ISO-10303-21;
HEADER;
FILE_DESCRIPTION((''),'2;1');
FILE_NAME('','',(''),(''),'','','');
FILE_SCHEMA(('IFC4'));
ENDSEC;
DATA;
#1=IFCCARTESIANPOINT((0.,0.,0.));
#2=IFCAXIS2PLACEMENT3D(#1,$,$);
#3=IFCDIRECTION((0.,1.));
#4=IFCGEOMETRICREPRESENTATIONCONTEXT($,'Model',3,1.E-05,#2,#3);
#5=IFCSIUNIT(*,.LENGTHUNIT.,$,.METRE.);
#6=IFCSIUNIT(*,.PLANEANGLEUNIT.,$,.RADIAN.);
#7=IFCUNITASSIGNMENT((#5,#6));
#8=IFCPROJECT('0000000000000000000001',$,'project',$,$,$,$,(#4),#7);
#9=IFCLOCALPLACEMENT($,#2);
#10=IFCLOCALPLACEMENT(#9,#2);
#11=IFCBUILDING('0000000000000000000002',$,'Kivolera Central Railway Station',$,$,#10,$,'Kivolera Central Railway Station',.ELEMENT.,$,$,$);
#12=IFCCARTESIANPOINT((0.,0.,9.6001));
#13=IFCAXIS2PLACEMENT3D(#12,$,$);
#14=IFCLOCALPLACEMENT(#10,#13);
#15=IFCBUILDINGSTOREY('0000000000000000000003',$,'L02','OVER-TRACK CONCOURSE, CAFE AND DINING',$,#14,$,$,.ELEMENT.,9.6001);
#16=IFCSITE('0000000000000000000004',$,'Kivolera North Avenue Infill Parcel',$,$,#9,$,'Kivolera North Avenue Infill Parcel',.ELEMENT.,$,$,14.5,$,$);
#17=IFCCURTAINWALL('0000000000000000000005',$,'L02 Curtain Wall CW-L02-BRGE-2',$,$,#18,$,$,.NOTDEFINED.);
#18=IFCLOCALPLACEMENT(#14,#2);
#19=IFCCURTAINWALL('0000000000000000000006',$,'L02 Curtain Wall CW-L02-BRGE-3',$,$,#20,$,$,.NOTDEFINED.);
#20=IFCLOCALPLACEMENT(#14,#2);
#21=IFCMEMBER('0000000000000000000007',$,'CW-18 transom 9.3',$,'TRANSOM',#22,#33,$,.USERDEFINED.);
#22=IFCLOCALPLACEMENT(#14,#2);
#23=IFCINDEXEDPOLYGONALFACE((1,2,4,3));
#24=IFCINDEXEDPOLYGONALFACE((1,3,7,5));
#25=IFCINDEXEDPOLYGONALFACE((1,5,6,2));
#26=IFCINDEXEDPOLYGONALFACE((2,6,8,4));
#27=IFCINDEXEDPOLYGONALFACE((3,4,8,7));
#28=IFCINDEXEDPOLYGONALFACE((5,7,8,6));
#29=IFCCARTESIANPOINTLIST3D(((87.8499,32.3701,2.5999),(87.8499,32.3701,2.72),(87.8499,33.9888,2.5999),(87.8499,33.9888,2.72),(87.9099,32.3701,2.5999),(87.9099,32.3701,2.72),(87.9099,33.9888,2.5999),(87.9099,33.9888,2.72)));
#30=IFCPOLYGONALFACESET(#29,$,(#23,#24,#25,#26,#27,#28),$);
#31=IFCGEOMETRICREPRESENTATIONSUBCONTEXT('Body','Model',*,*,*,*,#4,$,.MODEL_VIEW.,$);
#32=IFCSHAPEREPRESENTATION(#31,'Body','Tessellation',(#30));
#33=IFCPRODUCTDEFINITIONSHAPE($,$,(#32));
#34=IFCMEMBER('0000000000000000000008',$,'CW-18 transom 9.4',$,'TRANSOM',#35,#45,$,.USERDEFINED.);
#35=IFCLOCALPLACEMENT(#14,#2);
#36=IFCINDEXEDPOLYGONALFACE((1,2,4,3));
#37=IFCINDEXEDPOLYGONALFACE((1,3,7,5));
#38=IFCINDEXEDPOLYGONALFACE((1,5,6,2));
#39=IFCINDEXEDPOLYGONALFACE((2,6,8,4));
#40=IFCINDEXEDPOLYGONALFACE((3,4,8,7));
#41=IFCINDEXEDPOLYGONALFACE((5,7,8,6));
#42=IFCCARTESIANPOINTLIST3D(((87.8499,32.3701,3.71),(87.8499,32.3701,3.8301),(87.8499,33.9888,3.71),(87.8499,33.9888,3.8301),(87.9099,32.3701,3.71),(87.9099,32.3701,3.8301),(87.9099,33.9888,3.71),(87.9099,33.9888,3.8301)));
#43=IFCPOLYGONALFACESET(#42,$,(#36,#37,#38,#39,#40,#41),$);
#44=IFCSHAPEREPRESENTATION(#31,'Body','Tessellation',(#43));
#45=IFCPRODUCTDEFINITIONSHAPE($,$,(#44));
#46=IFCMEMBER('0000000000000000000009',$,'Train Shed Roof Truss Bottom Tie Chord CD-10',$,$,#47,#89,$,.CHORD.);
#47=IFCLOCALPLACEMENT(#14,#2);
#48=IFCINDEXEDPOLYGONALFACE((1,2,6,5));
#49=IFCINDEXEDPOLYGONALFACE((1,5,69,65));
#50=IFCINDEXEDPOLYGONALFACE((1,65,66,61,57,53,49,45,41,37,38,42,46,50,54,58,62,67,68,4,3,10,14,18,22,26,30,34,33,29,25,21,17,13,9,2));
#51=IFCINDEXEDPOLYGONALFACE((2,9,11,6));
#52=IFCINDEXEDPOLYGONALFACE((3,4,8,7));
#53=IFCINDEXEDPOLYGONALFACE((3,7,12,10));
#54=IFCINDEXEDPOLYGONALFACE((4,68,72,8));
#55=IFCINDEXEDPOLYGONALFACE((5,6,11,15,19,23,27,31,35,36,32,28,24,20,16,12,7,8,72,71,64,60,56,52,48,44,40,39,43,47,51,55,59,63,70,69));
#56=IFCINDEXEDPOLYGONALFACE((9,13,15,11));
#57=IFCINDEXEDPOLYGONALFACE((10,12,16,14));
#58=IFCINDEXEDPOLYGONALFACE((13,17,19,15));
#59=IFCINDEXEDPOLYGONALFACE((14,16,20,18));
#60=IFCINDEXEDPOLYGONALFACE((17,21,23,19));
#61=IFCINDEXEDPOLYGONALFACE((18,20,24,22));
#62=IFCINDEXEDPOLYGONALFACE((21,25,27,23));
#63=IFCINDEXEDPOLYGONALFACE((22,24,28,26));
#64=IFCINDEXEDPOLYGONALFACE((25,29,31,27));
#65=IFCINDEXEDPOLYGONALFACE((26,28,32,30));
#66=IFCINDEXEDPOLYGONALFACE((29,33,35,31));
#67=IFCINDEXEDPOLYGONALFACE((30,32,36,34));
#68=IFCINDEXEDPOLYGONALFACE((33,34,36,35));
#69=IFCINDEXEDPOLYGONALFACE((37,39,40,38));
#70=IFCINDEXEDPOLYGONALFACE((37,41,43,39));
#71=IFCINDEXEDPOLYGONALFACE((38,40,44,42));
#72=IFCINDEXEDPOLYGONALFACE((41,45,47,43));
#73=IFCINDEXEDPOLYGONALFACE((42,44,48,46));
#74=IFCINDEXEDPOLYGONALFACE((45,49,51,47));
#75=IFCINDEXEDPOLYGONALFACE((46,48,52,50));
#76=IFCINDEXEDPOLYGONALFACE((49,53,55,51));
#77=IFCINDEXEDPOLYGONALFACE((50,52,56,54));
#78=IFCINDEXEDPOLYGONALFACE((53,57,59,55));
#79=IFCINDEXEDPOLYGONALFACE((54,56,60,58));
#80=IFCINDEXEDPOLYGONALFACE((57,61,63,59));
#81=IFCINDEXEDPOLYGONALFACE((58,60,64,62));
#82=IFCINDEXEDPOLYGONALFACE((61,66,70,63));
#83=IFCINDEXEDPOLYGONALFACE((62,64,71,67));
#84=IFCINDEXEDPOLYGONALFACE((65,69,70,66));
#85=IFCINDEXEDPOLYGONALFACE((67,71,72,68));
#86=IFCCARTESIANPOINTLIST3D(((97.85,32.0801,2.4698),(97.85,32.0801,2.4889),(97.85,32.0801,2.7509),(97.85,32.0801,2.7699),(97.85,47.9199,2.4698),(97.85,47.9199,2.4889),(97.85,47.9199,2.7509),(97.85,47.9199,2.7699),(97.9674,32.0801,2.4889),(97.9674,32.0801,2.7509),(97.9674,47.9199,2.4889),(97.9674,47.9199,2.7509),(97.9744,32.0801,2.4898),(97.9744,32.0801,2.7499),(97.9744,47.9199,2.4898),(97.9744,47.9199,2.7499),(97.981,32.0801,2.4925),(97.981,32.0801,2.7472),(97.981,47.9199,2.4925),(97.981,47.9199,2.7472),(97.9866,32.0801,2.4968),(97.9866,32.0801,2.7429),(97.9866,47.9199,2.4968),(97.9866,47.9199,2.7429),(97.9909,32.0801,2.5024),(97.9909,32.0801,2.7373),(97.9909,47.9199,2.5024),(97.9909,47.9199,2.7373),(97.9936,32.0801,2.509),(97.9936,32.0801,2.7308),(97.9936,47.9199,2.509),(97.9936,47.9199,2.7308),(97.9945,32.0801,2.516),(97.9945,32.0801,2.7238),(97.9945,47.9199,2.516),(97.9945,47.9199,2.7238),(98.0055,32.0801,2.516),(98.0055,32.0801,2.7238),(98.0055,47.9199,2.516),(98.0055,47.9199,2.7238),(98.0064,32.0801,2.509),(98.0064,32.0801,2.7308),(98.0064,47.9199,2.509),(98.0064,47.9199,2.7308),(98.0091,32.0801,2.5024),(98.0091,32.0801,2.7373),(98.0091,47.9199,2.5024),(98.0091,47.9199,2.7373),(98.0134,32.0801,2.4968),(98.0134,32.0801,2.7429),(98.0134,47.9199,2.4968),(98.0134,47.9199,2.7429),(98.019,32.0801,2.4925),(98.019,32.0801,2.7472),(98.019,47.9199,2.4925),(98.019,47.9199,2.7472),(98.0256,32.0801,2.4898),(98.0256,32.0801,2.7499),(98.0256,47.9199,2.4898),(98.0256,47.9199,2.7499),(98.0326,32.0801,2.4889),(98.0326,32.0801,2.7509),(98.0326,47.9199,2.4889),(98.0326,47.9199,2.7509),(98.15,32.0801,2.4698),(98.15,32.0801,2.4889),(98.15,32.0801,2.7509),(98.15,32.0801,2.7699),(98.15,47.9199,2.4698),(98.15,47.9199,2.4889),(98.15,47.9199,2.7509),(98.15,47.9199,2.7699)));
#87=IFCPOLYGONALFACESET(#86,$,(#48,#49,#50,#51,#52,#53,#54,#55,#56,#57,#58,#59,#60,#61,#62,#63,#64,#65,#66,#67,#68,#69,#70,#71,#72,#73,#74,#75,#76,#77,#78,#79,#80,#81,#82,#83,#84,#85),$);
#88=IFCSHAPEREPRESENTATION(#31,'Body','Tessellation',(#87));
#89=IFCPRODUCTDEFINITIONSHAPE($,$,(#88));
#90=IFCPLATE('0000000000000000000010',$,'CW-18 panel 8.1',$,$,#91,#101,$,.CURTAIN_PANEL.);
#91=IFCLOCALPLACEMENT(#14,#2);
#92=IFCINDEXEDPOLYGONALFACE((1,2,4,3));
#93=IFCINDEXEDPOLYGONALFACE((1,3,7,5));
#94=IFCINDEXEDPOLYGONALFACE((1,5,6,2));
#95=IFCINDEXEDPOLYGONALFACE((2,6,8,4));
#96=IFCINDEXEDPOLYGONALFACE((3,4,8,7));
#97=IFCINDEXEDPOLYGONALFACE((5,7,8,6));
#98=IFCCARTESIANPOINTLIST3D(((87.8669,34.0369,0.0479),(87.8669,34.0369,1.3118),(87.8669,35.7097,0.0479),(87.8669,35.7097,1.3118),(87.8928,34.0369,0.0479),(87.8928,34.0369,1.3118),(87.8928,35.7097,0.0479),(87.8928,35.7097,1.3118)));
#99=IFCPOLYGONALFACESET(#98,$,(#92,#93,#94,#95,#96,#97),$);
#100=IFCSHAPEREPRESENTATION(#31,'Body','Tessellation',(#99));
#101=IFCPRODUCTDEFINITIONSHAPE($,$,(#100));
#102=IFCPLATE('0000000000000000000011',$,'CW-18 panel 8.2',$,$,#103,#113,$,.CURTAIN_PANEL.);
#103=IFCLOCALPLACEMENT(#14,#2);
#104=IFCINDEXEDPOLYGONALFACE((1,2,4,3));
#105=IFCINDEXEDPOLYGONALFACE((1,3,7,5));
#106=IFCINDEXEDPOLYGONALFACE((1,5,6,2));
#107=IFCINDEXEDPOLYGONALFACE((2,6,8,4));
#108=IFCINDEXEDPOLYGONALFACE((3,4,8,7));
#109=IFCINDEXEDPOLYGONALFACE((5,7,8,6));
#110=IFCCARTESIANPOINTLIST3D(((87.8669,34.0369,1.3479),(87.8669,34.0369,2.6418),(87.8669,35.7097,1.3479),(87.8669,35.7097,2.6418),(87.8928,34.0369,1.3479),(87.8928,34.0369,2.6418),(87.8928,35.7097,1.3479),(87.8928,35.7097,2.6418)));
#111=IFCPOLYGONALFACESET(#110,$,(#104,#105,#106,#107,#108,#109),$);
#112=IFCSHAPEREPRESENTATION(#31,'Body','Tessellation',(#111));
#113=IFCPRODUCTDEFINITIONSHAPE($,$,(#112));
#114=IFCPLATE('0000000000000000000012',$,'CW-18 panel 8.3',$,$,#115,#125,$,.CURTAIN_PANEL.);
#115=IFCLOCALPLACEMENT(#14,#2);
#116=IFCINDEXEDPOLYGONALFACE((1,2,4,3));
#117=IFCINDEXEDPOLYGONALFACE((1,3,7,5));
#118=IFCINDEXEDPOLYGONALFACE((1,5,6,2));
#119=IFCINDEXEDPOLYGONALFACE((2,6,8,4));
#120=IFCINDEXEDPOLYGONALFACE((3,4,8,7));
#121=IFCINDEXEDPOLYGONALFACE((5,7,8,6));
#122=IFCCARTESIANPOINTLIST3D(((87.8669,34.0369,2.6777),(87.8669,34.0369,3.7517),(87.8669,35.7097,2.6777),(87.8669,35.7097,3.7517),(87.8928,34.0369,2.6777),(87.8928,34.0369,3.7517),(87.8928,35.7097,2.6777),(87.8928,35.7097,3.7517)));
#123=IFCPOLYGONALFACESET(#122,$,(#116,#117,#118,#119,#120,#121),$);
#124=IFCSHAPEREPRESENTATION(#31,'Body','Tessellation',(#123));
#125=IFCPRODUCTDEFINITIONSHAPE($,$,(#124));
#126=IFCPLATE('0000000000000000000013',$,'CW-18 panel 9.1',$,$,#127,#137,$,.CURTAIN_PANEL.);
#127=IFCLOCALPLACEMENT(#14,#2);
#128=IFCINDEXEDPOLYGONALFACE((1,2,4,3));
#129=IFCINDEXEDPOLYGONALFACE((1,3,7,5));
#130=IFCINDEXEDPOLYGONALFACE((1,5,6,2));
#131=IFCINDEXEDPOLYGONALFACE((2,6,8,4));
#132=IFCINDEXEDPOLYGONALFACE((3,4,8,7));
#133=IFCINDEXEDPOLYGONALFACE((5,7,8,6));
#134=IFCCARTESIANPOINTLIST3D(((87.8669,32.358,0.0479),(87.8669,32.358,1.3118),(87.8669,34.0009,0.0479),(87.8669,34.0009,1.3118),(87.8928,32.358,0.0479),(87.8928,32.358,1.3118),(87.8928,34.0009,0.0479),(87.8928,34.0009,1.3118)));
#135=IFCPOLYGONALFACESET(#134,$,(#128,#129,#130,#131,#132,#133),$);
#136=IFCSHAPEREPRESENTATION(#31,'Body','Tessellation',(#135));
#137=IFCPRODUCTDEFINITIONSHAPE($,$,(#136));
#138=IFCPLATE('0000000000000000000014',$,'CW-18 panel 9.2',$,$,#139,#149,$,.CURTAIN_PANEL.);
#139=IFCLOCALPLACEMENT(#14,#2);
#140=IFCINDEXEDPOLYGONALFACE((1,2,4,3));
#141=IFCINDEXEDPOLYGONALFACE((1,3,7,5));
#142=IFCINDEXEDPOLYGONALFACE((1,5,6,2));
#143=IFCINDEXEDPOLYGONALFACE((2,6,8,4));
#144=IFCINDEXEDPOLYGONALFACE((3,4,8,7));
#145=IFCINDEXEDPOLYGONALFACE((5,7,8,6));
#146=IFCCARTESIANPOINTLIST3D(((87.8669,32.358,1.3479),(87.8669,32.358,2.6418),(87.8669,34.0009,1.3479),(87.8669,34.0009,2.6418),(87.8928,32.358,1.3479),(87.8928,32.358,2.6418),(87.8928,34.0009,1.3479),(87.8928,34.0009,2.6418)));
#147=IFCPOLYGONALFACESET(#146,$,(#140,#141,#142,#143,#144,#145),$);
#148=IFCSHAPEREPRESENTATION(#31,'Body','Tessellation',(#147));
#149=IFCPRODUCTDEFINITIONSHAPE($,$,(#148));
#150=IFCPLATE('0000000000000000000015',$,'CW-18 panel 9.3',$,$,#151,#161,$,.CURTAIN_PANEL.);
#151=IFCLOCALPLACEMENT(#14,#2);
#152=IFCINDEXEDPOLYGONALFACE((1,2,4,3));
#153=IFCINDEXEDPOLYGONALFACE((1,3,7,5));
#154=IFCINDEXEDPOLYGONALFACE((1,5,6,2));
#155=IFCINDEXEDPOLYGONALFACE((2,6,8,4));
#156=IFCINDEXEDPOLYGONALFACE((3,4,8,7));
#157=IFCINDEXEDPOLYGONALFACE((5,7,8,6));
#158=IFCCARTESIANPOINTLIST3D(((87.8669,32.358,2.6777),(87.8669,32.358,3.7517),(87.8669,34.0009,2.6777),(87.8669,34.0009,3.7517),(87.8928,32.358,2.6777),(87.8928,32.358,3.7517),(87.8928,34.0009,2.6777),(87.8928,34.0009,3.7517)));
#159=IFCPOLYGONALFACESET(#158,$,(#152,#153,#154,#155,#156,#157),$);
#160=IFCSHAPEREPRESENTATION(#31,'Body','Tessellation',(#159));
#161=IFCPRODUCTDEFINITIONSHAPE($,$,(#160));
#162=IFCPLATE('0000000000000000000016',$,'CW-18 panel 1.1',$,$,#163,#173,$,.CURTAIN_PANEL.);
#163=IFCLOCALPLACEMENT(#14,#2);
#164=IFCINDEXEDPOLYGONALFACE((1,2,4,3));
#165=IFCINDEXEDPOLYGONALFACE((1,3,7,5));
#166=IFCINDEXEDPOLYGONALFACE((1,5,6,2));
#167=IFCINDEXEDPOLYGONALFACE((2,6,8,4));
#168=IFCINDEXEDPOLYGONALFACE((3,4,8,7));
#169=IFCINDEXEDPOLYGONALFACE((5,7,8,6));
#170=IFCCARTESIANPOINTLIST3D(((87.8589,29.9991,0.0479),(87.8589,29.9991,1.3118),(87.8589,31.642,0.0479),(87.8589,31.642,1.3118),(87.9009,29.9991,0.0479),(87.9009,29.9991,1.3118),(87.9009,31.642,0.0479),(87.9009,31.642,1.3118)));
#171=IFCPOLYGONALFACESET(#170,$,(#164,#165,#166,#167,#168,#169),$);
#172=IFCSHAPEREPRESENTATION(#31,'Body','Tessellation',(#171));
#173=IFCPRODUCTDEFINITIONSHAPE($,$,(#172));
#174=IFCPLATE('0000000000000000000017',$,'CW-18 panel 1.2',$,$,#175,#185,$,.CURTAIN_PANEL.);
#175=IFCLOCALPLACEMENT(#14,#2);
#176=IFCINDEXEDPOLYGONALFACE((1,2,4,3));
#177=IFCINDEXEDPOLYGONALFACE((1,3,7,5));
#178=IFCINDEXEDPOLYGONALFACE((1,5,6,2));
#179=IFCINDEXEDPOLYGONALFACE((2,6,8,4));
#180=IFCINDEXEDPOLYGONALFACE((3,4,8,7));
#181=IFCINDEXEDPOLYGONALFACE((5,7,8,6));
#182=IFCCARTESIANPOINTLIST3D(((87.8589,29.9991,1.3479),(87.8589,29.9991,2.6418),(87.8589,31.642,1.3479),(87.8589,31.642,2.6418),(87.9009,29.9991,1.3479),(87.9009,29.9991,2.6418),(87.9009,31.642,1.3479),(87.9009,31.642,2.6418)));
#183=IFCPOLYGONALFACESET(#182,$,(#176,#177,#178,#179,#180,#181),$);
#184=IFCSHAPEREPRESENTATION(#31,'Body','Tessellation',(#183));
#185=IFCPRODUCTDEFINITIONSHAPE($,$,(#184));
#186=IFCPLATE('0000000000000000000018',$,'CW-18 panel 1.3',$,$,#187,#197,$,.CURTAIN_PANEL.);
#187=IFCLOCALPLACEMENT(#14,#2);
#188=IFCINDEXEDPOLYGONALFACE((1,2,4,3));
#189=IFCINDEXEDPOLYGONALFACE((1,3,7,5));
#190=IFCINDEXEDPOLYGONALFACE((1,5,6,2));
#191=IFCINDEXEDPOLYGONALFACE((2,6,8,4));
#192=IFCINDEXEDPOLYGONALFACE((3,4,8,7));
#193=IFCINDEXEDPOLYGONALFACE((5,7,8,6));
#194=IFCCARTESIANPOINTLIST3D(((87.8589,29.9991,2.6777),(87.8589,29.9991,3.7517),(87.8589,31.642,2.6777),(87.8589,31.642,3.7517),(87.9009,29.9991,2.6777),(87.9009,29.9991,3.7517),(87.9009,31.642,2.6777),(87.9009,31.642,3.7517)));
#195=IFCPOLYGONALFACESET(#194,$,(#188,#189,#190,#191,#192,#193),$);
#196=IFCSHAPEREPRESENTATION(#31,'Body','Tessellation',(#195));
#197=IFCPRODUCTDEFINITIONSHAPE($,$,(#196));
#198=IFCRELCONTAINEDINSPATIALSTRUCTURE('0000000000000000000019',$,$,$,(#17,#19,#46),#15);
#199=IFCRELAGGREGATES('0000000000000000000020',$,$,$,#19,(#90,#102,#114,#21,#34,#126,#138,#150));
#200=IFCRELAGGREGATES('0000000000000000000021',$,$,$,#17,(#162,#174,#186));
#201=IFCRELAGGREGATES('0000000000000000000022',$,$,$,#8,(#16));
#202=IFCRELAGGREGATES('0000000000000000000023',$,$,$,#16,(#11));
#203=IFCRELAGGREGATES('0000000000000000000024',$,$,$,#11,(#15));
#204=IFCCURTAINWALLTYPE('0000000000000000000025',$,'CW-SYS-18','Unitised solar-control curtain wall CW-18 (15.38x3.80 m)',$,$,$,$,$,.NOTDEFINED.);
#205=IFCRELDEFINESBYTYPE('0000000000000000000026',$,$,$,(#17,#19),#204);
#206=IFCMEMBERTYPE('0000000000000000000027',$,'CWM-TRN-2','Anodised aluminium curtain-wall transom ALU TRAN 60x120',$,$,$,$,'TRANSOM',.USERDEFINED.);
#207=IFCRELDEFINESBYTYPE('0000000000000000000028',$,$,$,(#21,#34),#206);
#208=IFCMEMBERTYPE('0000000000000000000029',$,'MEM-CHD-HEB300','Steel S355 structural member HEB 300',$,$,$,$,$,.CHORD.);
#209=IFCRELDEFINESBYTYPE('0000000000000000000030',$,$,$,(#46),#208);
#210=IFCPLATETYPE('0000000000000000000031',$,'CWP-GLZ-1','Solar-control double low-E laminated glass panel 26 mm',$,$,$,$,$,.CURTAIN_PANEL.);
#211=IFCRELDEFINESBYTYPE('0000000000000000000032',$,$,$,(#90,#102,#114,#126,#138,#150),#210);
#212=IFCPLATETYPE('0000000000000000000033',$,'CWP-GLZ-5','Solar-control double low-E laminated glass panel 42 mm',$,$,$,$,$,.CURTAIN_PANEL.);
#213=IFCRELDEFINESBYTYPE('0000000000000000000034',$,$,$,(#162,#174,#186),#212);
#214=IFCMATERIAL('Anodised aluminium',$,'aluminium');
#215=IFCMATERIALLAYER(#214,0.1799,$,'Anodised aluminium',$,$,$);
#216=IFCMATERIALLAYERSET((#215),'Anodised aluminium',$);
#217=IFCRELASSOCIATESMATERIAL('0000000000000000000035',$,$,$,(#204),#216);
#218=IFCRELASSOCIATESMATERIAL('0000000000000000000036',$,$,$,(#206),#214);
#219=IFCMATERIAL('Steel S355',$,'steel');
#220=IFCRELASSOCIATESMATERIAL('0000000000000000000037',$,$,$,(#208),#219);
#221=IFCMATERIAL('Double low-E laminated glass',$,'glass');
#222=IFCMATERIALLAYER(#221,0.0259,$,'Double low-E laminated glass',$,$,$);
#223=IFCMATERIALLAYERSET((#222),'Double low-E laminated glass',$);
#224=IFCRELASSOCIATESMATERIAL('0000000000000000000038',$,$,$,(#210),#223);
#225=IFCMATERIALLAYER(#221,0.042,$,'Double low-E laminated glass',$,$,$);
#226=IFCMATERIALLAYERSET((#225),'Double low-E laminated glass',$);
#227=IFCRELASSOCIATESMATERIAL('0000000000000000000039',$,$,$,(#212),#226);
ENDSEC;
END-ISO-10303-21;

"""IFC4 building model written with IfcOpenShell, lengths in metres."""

from ifc_helpers import new_model, si_unit, direction, frame, origin, origin_2d, place, context, subcontext, project, spatial, rectangle, i_section, extrude, material, layer, layer_set, material_profile, profile_set, type_object, element, aggregate, save


model = new_model("IFC4")

# Units and contexts
model_context = context("Model", 3, precision=1e-05, world=origin(), true_north=direction((0.0, 1.0)))
body_context = subcontext(model_context, "Body", "Model", "MODEL_VIEW")
ifc_project = project(units=[si_unit("LENGTHUNIT", "METRE"), si_unit("PLANEANGLEUNIT", "RADIAN")], contexts=[model_context])

# Site, building, storey
site_placement = place(None, origin())
site = spatial("IfcSite", under=ifc_project, at=site_placement, Name="Kivolera North Avenue Infill Parcel", LongName="Kivolera North Avenue Infill Parcel", CompositionType="ELEMENT", RefElevation=14.5)
building_placement = place(site_placement, origin())
building = spatial("IfcBuilding", under=site, at=building_placement, Name="Kivolera Central Railway Station", LongName="Kivolera Central Railway Station", CompositionType="ELEMENT")
storey_placement = place(building_placement, frame((0.0, 0.0, 9.6001)))
storey = spatial("IfcBuildingStorey", under=building, at=storey_placement, Name="L02", Description="OVER-TRACK CONCOURSE, CAFE AND DINING", CompositionType="ELEMENT", Elevation=9.6001)

# Shared definitions
ifc_material_1 = material(Name="Steel S355", Category="steel")

# Curtain walls
ifc_material_2 = material(Name="Anodised aluminium", Category="aluminium")
ifc_layer_1 = layer(ifc_material_2, 0.1799, Name="Anodised aluminium")
ifc_layer_set_1 = layer_set([ifc_layer_1], Name="Anodised aluminium")
curtain_wall_type = type_object("IfcCurtainWallType", Name="CW-SYS-18", Description="Unitised solar-control curtain wall CW-18 (15.38x3.80 m)", PredefinedType="NOTDEFINED", material=ifc_layer_set_1)
curtain_wall_1_placement = place(storey_placement, origin())
curtain_wall_1 = element("IfcCurtainWall", 1, at=curtain_wall_1_placement, inside=storey, type_object=curtain_wall_type, Name="L02 Curtain Wall CW-L02-BRGE-2", PredefinedType="NOTDEFINED")
curtain_wall_2_placement = place(storey_placement, origin())
curtain_wall_2 = element("IfcCurtainWall", 2, at=curtain_wall_2_placement, inside=storey, type_object=curtain_wall_type, Name="L02 Curtain Wall CW-L02-BRGE-3", PredefinedType="NOTDEFINED")

# Members
ifc_material_profile_1 = material_profile(ifc_material_2, rectangle(XDim=0.0601, YDim=0.1201, at=origin_2d()), Name="ALU TRAN 60x120")
ifc_profile_set_1 = profile_set([ifc_material_profile_1], Name="Anodised aluminium")
member_type_1 = type_object("IfcMemberType", Name="CWM-TRN-2", Description="Anodised aluminium curtain-wall transom ALU TRAN 60x120", ElementType="TRANSOM", PredefinedType="USERDEFINED", material=ifc_profile_set_1)
member_1_placement = place(storey_placement, frame((87.8799, 33.9888, 2.6599), z_axis=(0.0, -1.0, 0.0), x_axis=(1.0, 0.0, 0.0)))
member_1 = element("IfcMember", 3, at=member_1_placement, type_object=member_type_1, Name="CW-18 transom 9.3", ObjectType="TRANSOM", PredefinedType="USERDEFINED", context=body_context, shape_type="SweptSolid", body=[
    extrude(rectangle(XDim=0.0601, YDim=0.1201, at=origin_2d()), origin(), (0.0, 0.0, 1.0), 1.6187),
])
member_2_placement = place(storey_placement, frame((87.8799, 33.9888, 3.77), z_axis=(0.0, -1.0, 0.0), x_axis=(1.0, 0.0, 0.0)))
member_2 = element("IfcMember", 4, at=member_2_placement, type_object=member_type_1, Name="CW-18 transom 9.4", ObjectType="TRANSOM", PredefinedType="USERDEFINED", context=body_context, shape_type="SweptSolid", body=[
    extrude(rectangle(XDim=0.0601, YDim=0.1201, at=origin_2d()), origin(), (0.0, 0.0, 1.0), 1.6187),
])
ifc_material_profile_2 = material_profile(ifc_material_1, i_section(OverallWidth=0.3, OverallDepth=0.3, WebThickness=0.011, FlangeThickness=0.019, FilletRadius=0.0271, at=origin_2d()), Name="HEB 300")
ifc_profile_set_2 = profile_set([ifc_material_profile_2], Name="Steel S355")
member_type_2 = type_object("IfcMemberType", Name="MEM-CHD-HEB300", Description="Steel S355 structural member HEB 300", PredefinedType="CHORD", material=ifc_profile_set_2)
member_3_placement = place(storey_placement, frame((98.0, 32.0801, 2.6199), z_axis=(0.0, 1.0, 0.0), x_axis=(-1.0, 0.0, 0.0)))
element("IfcMember", 5, at=member_3_placement, inside=storey, type_object=member_type_2, Name="Train Shed Roof Truss Bottom Tie Chord CD-10", PredefinedType="CHORD", context=body_context, shape_type="SweptSolid", body=[
    extrude(i_section(OverallWidth=0.3, OverallDepth=0.3, WebThickness=0.011, FlangeThickness=0.019, FilletRadius=0.0271, at=origin_2d()), origin(), (0.0, 0.0, 1.0), 15.8398),
])

# Plates
ifc_material_3 = material(Name="Double low-E laminated glass", Category="glass")
ifc_layer_2 = layer(ifc_material_3, 0.0259, Name="Double low-E laminated glass")
ifc_layer_set_2 = layer_set([ifc_layer_2], Name="Double low-E laminated glass")
plate_type_1 = type_object("IfcPlateType", Name="CWP-GLZ-1", Description="Solar-control double low-E laminated glass panel 26 mm", PredefinedType="CURTAIN_PANEL", material=ifc_layer_set_2)
plate_1_placement = place(storey_placement, frame((87.8799, 34.8733, 0.0479), z_axis=(0.0, 0.0, 1.0), x_axis=(0.0, -1.0, 0.0)))
plate_1 = element("IfcPlate", 6, at=plate_1_placement, type_object=plate_type_1, Name="CW-18 panel 8.1", PredefinedType="CURTAIN_PANEL", context=body_context, shape_type="SweptSolid", body=[
    extrude(rectangle(XDim=1.6729, YDim=0.0259, at=origin_2d()), origin(), (0.0, 0.0, 1.0), 1.2639),
])
plate_2_placement = place(storey_placement, frame((87.8799, 34.8733, 1.3479), z_axis=(0.0, 0.0, 1.0), x_axis=(0.0, -1.0, 0.0)))
plate_2 = element("IfcPlate", 7, at=plate_2_placement, type_object=plate_type_1, Name="CW-18 panel 8.2", PredefinedType="CURTAIN_PANEL", context=body_context, shape_type="SweptSolid", body=[
    extrude(rectangle(XDim=1.6729, YDim=0.0259, at=origin_2d()), origin(), (0.0, 0.0, 1.0), 1.2939),
])
plate_3_placement = place(storey_placement, frame((87.8799, 34.8733, 2.6777), z_axis=(0.0, 0.0, 1.0), x_axis=(0.0, -1.0, 0.0)))
plate_3 = element("IfcPlate", 8, at=plate_3_placement, type_object=plate_type_1, Name="CW-18 panel 8.3", PredefinedType="CURTAIN_PANEL", context=body_context, shape_type="SweptSolid", body=[
    extrude(rectangle(XDim=1.6729, YDim=0.0259, at=origin_2d()), origin(), (0.0, 0.0, 1.0), 1.074),
])
plate_4_placement = place(storey_placement, frame((87.8799, 33.1794, 0.0479), z_axis=(0.0, 0.0, 1.0), x_axis=(0.0, -1.0, 0.0)))
plate_4 = element("IfcPlate", 9, at=plate_4_placement, type_object=plate_type_1, Name="CW-18 panel 9.1", PredefinedType="CURTAIN_PANEL", context=body_context, shape_type="SweptSolid", body=[
    extrude(rectangle(XDim=1.6428, YDim=0.0259, at=origin_2d()), origin(), (0.0, 0.0, 1.0), 1.2639),
])
plate_5_placement = place(storey_placement, frame((87.8799, 33.1794, 1.3479), z_axis=(0.0, 0.0, 1.0), x_axis=(0.0, -1.0, 0.0)))
plate_5 = element("IfcPlate", 10, at=plate_5_placement, type_object=plate_type_1, Name="CW-18 panel 9.2", PredefinedType="CURTAIN_PANEL", context=body_context, shape_type="SweptSolid", body=[
    extrude(rectangle(XDim=1.6428, YDim=0.0259, at=origin_2d()), origin(), (0.0, 0.0, 1.0), 1.2939),
])
plate_6_placement = place(storey_placement, frame((87.8799, 33.1794, 2.6777), z_axis=(0.0, 0.0, 1.0), x_axis=(0.0, -1.0, 0.0)))
plate_6 = element("IfcPlate", 11, at=plate_6_placement, type_object=plate_type_1, Name="CW-18 panel 9.3", PredefinedType="CURTAIN_PANEL", context=body_context, shape_type="SweptSolid", body=[
    extrude(rectangle(XDim=1.6428, YDim=0.0259, at=origin_2d()), origin(), (0.0, 0.0, 1.0), 1.074),
])
aggregate(curtain_wall_2, [plate_1, plate_2, plate_3, member_1, member_2, plate_4, plate_5, plate_6])
ifc_layer_3 = layer(ifc_material_3, 0.042, Name="Double low-E laminated glass")
ifc_layer_set_3 = layer_set([ifc_layer_3], Name="Double low-E laminated glass")
plate_type_2 = type_object("IfcPlateType", Name="CWP-GLZ-5", Description="Solar-control double low-E laminated glass panel 42 mm", PredefinedType="CURTAIN_PANEL", material=ifc_layer_set_3)
plate_7_placement = place(storey_placement, frame((87.8799, 30.8206, 0.0479), z_axis=(0.0, 0.0, 1.0), x_axis=(0.0, -1.0, 0.0)))
plate_7 = element("IfcPlate", 12, at=plate_7_placement, type_object=plate_type_2, Name="CW-18 panel 1.1", PredefinedType="CURTAIN_PANEL", context=body_context, shape_type="SweptSolid", body=[
    extrude(rectangle(XDim=1.6428, YDim=0.042, at=origin_2d()), origin(), (0.0, 0.0, 1.0), 1.2639),
])
plate_8_placement = place(storey_placement, frame((87.8799, 30.8206, 1.3479), z_axis=(0.0, 0.0, 1.0), x_axis=(0.0, -1.0, 0.0)))
plate_8 = element("IfcPlate", 13, at=plate_8_placement, type_object=plate_type_2, Name="CW-18 panel 1.2", PredefinedType="CURTAIN_PANEL", context=body_context, shape_type="SweptSolid", body=[
    extrude(rectangle(XDim=1.6428, YDim=0.042, at=origin_2d()), origin(), (0.0, 0.0, 1.0), 1.2939),
])
plate_9_placement = place(storey_placement, frame((87.8799, 30.8206, 2.6777), z_axis=(0.0, 0.0, 1.0), x_axis=(0.0, -1.0, 0.0)))
plate_9 = element("IfcPlate", 14, at=plate_9_placement, type_object=plate_type_2, Name="CW-18 panel 1.3", PredefinedType="CURTAIN_PANEL", context=body_context, shape_type="SweptSolid", body=[
    extrude(rectangle(XDim=1.6428, YDim=0.042, at=origin_2d()), origin(), (0.0, 0.0, 1.0), 1.074),
])
aggregate(curtain_wall_1, [plate_7, plate_8, plate_9])

save(model, "model.ifc")
